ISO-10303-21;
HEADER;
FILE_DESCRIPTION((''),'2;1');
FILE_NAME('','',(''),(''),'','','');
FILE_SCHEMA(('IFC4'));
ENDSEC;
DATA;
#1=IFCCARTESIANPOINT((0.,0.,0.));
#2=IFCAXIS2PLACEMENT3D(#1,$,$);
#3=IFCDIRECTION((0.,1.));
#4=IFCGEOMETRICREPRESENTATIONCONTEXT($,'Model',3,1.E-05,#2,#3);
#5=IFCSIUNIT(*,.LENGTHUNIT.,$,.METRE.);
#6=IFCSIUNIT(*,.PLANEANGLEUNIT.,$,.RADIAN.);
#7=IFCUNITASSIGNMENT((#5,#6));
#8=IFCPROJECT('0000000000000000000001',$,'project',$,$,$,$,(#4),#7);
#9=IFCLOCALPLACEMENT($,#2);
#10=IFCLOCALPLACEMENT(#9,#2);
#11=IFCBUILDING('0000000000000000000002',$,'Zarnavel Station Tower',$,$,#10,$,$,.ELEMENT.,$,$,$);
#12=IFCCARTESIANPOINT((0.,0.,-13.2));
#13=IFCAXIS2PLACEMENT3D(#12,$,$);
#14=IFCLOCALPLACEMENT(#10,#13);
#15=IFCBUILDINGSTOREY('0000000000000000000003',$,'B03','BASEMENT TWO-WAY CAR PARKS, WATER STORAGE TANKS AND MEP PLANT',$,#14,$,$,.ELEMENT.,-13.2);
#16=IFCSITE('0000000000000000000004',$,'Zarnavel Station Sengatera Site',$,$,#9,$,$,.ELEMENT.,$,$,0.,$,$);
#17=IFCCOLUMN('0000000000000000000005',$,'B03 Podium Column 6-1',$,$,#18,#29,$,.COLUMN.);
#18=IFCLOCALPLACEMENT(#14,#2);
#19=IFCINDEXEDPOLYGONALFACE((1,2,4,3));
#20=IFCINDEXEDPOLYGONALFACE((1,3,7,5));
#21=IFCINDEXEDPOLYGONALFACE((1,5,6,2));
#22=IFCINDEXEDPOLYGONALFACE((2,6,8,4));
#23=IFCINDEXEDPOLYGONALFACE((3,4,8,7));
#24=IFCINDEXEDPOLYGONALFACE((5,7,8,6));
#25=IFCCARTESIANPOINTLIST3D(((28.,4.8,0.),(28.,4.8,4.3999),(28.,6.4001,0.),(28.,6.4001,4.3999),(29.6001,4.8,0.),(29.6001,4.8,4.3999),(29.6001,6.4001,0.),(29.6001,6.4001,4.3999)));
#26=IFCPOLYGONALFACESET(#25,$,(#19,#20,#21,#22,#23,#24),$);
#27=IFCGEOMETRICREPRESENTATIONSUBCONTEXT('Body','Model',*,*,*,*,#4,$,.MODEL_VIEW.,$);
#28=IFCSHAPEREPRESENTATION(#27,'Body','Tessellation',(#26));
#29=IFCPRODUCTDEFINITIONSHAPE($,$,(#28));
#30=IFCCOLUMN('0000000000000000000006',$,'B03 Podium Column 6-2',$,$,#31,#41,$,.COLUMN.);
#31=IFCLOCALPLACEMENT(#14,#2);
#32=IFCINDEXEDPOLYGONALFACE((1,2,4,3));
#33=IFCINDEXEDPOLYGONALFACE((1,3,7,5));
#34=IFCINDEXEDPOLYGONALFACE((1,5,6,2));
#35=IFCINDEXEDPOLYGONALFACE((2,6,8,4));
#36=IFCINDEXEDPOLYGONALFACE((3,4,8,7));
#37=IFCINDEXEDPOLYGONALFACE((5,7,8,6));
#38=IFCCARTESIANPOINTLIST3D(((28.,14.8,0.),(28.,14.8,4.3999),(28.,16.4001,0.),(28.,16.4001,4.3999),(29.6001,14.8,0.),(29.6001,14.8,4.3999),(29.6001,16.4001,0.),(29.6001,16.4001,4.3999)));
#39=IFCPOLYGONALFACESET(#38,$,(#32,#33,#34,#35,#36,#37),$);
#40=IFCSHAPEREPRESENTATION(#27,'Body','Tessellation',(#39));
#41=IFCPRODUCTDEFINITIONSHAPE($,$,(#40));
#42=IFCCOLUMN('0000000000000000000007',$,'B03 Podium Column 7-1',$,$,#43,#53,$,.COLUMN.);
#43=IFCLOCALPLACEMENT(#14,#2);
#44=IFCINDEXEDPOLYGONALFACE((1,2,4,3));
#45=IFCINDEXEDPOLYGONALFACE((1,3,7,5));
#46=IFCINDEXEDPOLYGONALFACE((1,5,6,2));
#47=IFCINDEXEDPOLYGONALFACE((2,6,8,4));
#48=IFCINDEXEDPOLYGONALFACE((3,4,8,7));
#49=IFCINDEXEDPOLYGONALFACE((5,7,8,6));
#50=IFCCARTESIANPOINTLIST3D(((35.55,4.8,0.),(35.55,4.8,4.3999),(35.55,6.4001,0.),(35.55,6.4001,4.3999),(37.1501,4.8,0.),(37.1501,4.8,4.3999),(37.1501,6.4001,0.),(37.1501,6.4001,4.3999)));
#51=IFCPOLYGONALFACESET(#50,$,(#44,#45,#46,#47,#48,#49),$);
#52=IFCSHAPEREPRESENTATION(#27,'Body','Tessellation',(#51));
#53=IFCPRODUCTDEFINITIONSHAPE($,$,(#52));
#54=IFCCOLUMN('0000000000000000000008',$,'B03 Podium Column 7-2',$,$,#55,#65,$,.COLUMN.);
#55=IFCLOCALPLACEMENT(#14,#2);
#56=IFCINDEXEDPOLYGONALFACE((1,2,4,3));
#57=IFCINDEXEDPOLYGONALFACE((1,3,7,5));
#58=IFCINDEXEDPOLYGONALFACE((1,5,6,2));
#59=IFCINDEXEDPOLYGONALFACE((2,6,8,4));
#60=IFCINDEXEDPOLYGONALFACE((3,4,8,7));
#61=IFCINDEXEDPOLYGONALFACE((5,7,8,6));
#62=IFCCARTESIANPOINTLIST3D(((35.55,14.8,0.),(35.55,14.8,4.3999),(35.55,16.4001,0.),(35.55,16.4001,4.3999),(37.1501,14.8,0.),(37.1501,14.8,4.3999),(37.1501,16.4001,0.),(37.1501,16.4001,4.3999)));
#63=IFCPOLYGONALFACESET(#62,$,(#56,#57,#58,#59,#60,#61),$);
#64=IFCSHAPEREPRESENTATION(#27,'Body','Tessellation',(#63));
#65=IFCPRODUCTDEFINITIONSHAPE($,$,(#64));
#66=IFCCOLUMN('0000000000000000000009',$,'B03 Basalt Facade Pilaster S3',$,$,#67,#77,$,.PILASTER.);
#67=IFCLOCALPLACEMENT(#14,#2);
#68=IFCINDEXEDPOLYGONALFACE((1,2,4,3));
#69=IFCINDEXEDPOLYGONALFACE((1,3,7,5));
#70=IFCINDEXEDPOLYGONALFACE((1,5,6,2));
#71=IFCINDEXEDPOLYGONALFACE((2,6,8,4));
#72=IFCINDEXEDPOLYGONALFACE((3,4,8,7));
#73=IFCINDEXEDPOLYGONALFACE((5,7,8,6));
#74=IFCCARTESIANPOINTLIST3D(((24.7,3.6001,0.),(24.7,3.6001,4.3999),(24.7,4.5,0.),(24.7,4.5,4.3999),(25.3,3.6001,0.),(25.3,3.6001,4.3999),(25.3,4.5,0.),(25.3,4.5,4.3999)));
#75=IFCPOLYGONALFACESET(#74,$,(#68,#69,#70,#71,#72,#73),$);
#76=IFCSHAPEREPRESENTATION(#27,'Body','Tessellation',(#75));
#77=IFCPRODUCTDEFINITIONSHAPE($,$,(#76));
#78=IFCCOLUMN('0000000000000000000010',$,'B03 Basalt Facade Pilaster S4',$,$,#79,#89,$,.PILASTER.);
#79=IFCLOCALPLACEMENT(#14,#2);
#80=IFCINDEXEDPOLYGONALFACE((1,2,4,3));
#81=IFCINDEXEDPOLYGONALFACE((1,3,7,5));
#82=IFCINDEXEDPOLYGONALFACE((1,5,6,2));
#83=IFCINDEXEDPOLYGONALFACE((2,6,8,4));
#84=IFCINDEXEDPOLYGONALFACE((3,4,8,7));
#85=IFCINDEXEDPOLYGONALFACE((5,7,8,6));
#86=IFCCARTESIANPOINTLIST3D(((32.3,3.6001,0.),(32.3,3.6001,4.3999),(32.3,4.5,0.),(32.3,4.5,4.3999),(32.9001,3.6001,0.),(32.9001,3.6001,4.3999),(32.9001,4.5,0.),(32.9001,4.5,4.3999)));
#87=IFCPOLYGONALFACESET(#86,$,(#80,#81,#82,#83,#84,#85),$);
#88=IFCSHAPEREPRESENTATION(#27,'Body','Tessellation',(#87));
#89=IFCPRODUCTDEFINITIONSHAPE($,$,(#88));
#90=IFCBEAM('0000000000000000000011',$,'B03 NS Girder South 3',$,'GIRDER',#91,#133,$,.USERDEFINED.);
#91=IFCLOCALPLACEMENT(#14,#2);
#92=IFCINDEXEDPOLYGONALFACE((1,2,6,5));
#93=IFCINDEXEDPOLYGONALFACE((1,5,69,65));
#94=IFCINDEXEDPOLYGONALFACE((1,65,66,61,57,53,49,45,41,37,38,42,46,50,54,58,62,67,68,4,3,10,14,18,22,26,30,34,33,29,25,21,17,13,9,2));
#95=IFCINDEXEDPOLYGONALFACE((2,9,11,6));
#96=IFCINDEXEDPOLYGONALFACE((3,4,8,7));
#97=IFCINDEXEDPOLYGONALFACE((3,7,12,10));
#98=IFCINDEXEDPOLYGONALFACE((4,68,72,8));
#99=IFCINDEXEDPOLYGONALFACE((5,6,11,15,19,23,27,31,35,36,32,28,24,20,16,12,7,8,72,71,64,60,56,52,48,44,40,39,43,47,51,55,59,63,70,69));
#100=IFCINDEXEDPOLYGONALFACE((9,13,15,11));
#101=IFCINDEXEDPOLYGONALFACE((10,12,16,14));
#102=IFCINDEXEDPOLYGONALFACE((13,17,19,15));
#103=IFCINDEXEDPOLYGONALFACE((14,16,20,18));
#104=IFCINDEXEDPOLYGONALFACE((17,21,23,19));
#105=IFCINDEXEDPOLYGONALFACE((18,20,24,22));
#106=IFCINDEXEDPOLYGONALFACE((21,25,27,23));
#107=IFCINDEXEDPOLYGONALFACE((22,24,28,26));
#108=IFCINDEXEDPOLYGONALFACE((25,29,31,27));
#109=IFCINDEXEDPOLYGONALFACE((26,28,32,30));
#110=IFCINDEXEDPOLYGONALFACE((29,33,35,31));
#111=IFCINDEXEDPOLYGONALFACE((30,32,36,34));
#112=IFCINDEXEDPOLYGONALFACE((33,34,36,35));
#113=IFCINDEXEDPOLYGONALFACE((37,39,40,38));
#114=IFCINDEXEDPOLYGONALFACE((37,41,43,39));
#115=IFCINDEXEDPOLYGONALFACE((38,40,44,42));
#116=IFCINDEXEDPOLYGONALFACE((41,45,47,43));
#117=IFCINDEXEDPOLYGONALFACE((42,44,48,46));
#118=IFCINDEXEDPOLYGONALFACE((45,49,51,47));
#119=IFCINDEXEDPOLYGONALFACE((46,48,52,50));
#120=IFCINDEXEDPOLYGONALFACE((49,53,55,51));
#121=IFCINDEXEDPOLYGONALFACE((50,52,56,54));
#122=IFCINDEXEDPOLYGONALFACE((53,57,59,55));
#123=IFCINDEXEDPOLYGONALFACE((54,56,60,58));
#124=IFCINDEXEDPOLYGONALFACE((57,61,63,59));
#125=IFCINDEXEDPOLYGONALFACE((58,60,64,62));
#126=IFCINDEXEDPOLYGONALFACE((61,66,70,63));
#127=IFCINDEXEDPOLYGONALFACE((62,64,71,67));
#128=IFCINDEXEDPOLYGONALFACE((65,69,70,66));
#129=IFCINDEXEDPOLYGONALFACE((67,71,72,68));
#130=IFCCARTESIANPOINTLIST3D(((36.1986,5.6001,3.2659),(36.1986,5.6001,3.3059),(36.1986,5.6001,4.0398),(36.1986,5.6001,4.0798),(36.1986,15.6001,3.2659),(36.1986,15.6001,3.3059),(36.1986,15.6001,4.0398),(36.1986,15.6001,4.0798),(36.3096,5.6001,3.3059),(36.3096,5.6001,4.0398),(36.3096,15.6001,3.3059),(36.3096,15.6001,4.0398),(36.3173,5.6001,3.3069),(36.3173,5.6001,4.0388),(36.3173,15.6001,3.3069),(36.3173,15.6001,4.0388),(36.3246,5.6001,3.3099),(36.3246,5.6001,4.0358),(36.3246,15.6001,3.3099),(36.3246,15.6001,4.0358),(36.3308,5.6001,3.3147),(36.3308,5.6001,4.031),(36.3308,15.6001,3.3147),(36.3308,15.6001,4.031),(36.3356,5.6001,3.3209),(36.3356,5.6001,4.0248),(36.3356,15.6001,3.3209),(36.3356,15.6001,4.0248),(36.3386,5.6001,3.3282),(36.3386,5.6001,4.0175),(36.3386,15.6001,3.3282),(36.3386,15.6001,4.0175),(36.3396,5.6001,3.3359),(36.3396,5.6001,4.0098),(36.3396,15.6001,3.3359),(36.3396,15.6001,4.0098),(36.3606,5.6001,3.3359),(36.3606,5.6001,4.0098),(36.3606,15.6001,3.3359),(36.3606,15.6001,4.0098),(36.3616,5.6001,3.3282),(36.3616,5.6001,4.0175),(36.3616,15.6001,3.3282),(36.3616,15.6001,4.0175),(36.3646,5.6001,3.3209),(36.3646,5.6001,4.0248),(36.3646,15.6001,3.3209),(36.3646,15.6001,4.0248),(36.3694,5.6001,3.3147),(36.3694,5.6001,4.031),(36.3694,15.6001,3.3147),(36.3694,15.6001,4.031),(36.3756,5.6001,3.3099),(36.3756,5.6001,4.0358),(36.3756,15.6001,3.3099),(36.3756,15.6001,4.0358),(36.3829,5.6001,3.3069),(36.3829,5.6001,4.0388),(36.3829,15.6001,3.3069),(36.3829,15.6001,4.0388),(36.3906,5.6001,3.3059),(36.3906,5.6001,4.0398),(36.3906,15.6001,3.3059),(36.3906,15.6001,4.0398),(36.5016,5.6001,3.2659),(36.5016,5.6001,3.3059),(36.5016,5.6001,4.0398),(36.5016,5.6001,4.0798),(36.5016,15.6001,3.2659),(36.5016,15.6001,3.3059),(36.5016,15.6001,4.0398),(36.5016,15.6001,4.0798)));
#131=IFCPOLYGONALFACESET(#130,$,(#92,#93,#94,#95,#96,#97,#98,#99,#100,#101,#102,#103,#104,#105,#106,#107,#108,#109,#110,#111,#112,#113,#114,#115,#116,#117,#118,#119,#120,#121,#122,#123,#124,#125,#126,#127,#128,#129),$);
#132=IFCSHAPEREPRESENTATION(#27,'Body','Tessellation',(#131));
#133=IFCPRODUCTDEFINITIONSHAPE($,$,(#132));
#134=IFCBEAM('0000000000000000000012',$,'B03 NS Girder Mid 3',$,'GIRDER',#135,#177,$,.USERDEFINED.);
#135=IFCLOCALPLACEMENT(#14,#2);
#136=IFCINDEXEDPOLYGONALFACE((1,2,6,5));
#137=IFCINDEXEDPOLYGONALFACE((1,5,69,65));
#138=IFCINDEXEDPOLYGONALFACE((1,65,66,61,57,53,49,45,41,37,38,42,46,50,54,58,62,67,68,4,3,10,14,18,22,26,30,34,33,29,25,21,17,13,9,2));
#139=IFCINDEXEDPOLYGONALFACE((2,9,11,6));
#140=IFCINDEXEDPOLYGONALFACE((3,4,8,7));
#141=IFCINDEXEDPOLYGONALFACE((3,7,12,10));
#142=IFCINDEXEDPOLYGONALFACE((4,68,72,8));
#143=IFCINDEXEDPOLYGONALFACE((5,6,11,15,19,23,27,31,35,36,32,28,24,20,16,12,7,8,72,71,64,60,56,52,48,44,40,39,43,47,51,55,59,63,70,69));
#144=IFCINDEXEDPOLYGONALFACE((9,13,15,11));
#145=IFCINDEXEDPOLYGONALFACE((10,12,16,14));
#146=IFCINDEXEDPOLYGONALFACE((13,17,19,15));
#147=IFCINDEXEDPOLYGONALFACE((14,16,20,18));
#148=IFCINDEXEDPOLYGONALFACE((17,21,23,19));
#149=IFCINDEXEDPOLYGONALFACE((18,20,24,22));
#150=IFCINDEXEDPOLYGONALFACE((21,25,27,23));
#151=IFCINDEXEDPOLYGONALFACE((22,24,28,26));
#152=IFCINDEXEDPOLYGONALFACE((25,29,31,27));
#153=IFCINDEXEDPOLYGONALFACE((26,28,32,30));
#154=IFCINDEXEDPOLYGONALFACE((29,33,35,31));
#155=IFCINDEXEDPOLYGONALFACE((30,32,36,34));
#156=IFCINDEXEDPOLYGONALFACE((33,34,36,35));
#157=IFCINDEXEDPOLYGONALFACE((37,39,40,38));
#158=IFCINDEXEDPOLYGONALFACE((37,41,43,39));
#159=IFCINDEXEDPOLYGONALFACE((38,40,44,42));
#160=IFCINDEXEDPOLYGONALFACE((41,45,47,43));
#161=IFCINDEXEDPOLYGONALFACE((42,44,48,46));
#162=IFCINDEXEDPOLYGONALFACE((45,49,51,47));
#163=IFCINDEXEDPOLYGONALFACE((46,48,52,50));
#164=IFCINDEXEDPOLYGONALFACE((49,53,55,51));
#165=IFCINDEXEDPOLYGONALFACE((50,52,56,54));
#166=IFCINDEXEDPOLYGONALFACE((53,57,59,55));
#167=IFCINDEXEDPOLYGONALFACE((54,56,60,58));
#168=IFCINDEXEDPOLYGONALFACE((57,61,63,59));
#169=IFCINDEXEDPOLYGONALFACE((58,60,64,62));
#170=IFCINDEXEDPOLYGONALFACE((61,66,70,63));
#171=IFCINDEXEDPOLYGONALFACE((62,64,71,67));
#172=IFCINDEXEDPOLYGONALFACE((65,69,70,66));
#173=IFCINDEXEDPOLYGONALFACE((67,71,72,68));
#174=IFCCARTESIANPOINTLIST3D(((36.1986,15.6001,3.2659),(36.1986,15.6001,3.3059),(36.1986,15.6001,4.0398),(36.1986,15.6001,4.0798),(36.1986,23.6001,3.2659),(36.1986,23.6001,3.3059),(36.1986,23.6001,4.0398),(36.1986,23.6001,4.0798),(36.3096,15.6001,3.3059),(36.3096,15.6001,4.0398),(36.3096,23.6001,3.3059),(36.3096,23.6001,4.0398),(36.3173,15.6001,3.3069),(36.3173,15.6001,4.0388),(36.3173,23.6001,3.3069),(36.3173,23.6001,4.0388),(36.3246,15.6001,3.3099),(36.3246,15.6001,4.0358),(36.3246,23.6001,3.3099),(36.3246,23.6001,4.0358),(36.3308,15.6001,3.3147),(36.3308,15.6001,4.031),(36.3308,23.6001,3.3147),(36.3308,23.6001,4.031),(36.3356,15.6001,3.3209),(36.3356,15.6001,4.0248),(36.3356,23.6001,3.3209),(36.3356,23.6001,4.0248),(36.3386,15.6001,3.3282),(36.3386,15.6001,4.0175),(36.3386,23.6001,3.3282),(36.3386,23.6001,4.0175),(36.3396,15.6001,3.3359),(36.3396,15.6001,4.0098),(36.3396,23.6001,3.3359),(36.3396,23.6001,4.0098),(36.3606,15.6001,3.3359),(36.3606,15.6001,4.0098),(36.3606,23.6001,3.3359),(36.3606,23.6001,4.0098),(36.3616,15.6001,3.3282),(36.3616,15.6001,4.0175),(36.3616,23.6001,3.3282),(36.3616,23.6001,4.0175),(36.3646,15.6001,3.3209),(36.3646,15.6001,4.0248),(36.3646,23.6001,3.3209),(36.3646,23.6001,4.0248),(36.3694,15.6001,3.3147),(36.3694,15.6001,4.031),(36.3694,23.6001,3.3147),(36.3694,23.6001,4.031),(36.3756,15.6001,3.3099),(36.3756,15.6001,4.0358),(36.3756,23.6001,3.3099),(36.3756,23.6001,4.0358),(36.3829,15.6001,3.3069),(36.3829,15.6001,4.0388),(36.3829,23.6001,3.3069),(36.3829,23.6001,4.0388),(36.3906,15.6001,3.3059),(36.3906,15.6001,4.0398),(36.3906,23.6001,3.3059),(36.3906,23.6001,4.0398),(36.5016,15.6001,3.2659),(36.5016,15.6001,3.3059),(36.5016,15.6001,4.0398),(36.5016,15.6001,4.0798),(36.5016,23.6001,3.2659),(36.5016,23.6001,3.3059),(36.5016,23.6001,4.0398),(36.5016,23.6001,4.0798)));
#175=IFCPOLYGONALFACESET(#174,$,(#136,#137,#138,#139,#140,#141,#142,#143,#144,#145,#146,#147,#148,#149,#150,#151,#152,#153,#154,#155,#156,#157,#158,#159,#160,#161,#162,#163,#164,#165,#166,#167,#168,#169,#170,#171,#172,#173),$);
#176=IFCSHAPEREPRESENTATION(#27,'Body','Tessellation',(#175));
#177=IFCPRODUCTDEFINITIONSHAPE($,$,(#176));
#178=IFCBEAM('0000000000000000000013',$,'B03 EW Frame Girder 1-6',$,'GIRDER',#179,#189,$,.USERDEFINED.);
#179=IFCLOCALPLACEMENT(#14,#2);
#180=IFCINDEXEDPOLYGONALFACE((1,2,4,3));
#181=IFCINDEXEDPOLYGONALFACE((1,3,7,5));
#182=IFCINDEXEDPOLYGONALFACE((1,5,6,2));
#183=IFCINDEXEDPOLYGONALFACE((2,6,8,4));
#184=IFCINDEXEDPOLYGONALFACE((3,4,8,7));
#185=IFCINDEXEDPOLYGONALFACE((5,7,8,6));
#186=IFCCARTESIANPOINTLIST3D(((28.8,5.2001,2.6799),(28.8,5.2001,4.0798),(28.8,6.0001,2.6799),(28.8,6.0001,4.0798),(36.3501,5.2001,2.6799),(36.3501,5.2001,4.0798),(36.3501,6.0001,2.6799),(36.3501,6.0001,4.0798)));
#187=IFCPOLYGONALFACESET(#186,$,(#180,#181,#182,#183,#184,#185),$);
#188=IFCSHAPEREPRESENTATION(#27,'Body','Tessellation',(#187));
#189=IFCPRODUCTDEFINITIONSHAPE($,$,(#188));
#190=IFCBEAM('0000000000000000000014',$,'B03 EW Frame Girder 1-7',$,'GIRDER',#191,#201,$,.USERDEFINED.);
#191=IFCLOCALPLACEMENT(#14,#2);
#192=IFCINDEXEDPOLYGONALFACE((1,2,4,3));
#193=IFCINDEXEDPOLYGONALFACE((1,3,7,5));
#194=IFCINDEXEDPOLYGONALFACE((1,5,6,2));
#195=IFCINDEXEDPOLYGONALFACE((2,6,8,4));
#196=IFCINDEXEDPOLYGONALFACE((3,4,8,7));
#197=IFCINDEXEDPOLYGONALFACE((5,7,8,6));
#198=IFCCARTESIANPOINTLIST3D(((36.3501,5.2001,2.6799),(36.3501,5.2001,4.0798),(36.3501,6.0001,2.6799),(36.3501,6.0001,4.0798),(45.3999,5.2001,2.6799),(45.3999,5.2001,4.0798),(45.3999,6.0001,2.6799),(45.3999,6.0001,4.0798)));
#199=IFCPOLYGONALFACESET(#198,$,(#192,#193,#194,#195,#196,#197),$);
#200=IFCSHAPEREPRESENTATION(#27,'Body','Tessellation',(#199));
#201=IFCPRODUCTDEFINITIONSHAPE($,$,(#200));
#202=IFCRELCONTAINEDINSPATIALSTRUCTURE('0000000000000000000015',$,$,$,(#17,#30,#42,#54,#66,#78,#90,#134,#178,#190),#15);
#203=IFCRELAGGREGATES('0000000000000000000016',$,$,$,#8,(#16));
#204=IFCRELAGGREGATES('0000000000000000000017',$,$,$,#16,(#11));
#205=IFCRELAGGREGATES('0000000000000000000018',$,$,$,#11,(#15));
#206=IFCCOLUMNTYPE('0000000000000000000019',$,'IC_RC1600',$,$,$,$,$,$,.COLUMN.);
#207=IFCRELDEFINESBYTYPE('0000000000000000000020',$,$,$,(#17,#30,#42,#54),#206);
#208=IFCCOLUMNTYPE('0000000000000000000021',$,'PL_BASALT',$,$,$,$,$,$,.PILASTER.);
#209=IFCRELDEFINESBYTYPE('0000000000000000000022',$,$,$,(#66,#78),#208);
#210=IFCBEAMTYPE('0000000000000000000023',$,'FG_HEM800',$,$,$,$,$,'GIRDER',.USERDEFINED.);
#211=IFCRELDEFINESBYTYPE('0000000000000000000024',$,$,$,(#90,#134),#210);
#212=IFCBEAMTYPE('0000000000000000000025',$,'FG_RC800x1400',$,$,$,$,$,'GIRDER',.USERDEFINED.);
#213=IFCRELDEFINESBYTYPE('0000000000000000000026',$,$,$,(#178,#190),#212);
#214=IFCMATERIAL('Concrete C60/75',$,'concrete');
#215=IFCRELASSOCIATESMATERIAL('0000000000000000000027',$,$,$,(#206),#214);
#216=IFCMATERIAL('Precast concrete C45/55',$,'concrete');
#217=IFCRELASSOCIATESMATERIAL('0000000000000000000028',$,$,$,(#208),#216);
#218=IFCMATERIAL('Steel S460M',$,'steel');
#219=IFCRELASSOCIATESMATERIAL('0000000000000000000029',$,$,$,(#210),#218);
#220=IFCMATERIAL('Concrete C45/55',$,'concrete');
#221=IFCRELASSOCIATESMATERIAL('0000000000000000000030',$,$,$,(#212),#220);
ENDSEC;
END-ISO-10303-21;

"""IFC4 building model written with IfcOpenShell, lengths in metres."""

from ifc_helpers import new_model, si_unit, direction, frame, origin, origin_2d, place, context, subcontext, project, spatial, rectangle, i_section, extrude, material, material_profile, profile_set, type_object, element, save


model = new_model("IFC4")

# Units and contexts
model_context = context("Model", 3, precision=1e-05, world=origin(), true_north=direction((0.0, 1.0)))
body_context = subcontext(model_context, "Body", "Model", "MODEL_VIEW")
ifc_project = project(units=[si_unit("LENGTHUNIT", "METRE"), si_unit("PLANEANGLEUNIT", "RADIAN")], contexts=[model_context])

# Site, building, storey
site_placement = place(None, origin())
site = spatial("IfcSite", under=ifc_project, at=site_placement, Name="Zarnavel Station Sengatera Site", CompositionType="ELEMENT", RefElevation=0.0)
building_placement = place(site_placement, origin())
building = spatial("IfcBuilding", under=site, at=building_placement, Name="Zarnavel Station Tower", CompositionType="ELEMENT")
storey_placement = place(building_placement, frame((0.0, 0.0, -13.2)))
storey = spatial("IfcBuildingStorey", under=building, at=storey_placement, Name="B03", Description="BASEMENT TWO-WAY CAR PARKS, WATER STORAGE TANKS AND MEP PLANT", CompositionType="ELEMENT", Elevation=-13.2)

# Columns
ifc_material_1 = material(Name="Concrete C60/75", Category="concrete")
ifc_material_profile_1 = material_profile(ifc_material_1, rectangle(XDim=1.6001, YDim=1.6001, at=origin_2d()), Name="RC1600x1600")
ifc_profile_set_1 = profile_set([ifc_material_profile_1], Name="Concrete C60/75")
column_type_1 = type_object("IfcColumnType", Name="IC_RC1600", PredefinedType="COLUMN", material=ifc_profile_set_1)
for number, where, z_axis, x_axis, name in (
    (1, (28.8, 5.6001, 0.0), (0.0, 0.0, 1.0), (1.0, 0.0, 0.0), "B03 Podium Column 6-1"),
    (2, (28.8, 15.6001, 0.0), (0.0, 0.0, 1.0), (1.0, 0.0, 0.0), "B03 Podium Column 6-2"),
    (3, (36.3501, 5.6001, 0.0), (0.0, 0.0, 1.0), (1.0, 0.0, 0.0), "B03 Podium Column 7-1"),
    (4, (36.3501, 15.6001, 0.0), (0.0, 0.0, 1.0), (1.0, 0.0, 0.0), "B03 Podium Column 7-2"),
):
    element("IfcColumn", number, at=place(storey_placement, frame(where, z_axis=z_axis, x_axis=x_axis)), inside=storey, type_object=column_type_1, Name=name, PredefinedType="COLUMN", context=body_context, shape_type="SweptSolid", body=[
        extrude(rectangle(XDim=1.6001, YDim=1.6001, at=origin_2d()), origin(), (0.0, 0.0, 1.0), 4.3999),
    ])
ifc_material_2 = material(Name="Precast concrete C45/55", Category="concrete")
ifc_material_profile_2 = material_profile(ifc_material_2, rectangle(XDim=0.6001, YDim=0.8999, at=origin_2d()), Name="RC600x900")
ifc_profile_set_2 = profile_set([ifc_material_profile_2], Name="Precast concrete C45/55")
column_type_2 = type_object("IfcColumnType", Name="PL_BASALT", PredefinedType="PILASTER", material=ifc_profile_set_2)
for number, where, z_axis, x_axis, name in (
    (5, (25.0, 4.05, 0.0), (0.0, 0.0, 1.0), (1.0, 0.0, 0.0), "B03 Basalt Facade Pilaster S3"),
    (6, (32.6001, 4.05, 0.0), (0.0, 0.0, 1.0), (1.0, 0.0, 0.0), "B03 Basalt Facade Pilaster S4"),
):
    element("IfcColumn", number, at=place(storey_placement, frame(where, z_axis=z_axis, x_axis=x_axis)), inside=storey, type_object=column_type_2, Name=name, PredefinedType="PILASTER", context=body_context, shape_type="SweptSolid", body=[
        extrude(rectangle(XDim=0.6001, YDim=0.8999, at=origin_2d()), origin(), (0.0, 0.0, 1.0), 4.3999),
    ])

# Beams
ifc_material_3 = material(Name="Steel S460M", Category="steel")
ifc_material_profile_3 = material_profile(ifc_material_3, i_section(OverallWidth=0.303, OverallDepth=0.814, WebThickness=0.021, FlangeThickness=0.04, FilletRadius=0.03, at=origin_2d()), Name="HEM800")
ifc_profile_set_3 = profile_set([ifc_material_profile_3], Name="Steel S460M")
beam_type_1 = type_object("IfcBeamType", Name="FG_HEM800", ElementType="GIRDER", PredefinedType="USERDEFINED", material=ifc_profile_set_3)
beam_1_placement = place(storey_placement, frame((36.3501, 5.6001, 3.6729), z_axis=(0.0, 1.0, 0.0), x_axis=(-1.0, 0.0, 0.0)))
element("IfcBeam", 7, at=beam_1_placement, inside=storey, type_object=beam_type_1, Name="B03 NS Girder South 3", ObjectType="GIRDER", PredefinedType="USERDEFINED", context=body_context, shape_type="SweptSolid", body=[
    extrude(i_section(OverallWidth=0.303, OverallDepth=0.814, WebThickness=0.021, FlangeThickness=0.04, FilletRadius=0.03, at=origin_2d()), origin(), (0.0, 0.0, 1.0), 10.0),
])
beam_2_placement = place(storey_placement, frame((36.3501, 15.6001, 3.6729), z_axis=(0.0, 1.0, 0.0), x_axis=(-1.0, 0.0, 0.0)))
element("IfcBeam", 8, at=beam_2_placement, inside=storey, type_object=beam_type_1, Name="B03 NS Girder Mid 3", ObjectType="GIRDER", PredefinedType="USERDEFINED", context=body_context, shape_type="SweptSolid", body=[
    extrude(i_section(OverallWidth=0.303, OverallDepth=0.814, WebThickness=0.021, FlangeThickness=0.04, FilletRadius=0.03, at=origin_2d()), origin(), (0.0, 0.0, 1.0), 8.0),
])
ifc_material_4 = material(Name="Concrete C45/55", Category="concrete")
ifc_material_profile_4 = material_profile(ifc_material_4, rectangle(XDim=0.8, YDim=1.3999, at=origin_2d()), Name="RC800x1400")
ifc_profile_set_4 = profile_set([ifc_material_profile_4], Name="Concrete C45/55")
beam_type_2 = type_object("IfcBeamType", Name="FG_RC800x1400", ElementType="GIRDER", PredefinedType="USERDEFINED", material=ifc_profile_set_4)
beam_3_placement = place(storey_placement, frame((28.8, 5.6001, 3.3799), z_axis=(1.0, 0.0, 0.0), x_axis=(0.0, 1.0, 0.0)))
element("IfcBeam", 9, at=beam_3_placement, inside=storey, type_object=beam_type_2, Name="B03 EW Frame Girder 1-6", ObjectType="GIRDER", PredefinedType="USERDEFINED", context=body_context, shape_type="SweptSolid", body=[
    extrude(rectangle(XDim=0.8, YDim=1.3999, at=origin_2d()), origin(), (0.0, 0.0, 1.0), 7.55),
])
beam_4_placement = place(storey_placement, frame((36.3501, 5.6001, 3.3799), z_axis=(1.0, 0.0, 0.0), x_axis=(0.0, 1.0, 0.0)))
element("IfcBeam", 10, at=beam_4_placement, inside=storey, type_object=beam_type_2, Name="B03 EW Frame Girder 1-7", ObjectType="GIRDER", PredefinedType="USERDEFINED", context=body_context, shape_type="SweptSolid", body=[
    extrude(rectangle(XDim=0.8, YDim=1.3999, at=origin_2d()), origin(), (0.0, 0.0, 1.0), 9.0498),
])

save(model, "model.ifc")
